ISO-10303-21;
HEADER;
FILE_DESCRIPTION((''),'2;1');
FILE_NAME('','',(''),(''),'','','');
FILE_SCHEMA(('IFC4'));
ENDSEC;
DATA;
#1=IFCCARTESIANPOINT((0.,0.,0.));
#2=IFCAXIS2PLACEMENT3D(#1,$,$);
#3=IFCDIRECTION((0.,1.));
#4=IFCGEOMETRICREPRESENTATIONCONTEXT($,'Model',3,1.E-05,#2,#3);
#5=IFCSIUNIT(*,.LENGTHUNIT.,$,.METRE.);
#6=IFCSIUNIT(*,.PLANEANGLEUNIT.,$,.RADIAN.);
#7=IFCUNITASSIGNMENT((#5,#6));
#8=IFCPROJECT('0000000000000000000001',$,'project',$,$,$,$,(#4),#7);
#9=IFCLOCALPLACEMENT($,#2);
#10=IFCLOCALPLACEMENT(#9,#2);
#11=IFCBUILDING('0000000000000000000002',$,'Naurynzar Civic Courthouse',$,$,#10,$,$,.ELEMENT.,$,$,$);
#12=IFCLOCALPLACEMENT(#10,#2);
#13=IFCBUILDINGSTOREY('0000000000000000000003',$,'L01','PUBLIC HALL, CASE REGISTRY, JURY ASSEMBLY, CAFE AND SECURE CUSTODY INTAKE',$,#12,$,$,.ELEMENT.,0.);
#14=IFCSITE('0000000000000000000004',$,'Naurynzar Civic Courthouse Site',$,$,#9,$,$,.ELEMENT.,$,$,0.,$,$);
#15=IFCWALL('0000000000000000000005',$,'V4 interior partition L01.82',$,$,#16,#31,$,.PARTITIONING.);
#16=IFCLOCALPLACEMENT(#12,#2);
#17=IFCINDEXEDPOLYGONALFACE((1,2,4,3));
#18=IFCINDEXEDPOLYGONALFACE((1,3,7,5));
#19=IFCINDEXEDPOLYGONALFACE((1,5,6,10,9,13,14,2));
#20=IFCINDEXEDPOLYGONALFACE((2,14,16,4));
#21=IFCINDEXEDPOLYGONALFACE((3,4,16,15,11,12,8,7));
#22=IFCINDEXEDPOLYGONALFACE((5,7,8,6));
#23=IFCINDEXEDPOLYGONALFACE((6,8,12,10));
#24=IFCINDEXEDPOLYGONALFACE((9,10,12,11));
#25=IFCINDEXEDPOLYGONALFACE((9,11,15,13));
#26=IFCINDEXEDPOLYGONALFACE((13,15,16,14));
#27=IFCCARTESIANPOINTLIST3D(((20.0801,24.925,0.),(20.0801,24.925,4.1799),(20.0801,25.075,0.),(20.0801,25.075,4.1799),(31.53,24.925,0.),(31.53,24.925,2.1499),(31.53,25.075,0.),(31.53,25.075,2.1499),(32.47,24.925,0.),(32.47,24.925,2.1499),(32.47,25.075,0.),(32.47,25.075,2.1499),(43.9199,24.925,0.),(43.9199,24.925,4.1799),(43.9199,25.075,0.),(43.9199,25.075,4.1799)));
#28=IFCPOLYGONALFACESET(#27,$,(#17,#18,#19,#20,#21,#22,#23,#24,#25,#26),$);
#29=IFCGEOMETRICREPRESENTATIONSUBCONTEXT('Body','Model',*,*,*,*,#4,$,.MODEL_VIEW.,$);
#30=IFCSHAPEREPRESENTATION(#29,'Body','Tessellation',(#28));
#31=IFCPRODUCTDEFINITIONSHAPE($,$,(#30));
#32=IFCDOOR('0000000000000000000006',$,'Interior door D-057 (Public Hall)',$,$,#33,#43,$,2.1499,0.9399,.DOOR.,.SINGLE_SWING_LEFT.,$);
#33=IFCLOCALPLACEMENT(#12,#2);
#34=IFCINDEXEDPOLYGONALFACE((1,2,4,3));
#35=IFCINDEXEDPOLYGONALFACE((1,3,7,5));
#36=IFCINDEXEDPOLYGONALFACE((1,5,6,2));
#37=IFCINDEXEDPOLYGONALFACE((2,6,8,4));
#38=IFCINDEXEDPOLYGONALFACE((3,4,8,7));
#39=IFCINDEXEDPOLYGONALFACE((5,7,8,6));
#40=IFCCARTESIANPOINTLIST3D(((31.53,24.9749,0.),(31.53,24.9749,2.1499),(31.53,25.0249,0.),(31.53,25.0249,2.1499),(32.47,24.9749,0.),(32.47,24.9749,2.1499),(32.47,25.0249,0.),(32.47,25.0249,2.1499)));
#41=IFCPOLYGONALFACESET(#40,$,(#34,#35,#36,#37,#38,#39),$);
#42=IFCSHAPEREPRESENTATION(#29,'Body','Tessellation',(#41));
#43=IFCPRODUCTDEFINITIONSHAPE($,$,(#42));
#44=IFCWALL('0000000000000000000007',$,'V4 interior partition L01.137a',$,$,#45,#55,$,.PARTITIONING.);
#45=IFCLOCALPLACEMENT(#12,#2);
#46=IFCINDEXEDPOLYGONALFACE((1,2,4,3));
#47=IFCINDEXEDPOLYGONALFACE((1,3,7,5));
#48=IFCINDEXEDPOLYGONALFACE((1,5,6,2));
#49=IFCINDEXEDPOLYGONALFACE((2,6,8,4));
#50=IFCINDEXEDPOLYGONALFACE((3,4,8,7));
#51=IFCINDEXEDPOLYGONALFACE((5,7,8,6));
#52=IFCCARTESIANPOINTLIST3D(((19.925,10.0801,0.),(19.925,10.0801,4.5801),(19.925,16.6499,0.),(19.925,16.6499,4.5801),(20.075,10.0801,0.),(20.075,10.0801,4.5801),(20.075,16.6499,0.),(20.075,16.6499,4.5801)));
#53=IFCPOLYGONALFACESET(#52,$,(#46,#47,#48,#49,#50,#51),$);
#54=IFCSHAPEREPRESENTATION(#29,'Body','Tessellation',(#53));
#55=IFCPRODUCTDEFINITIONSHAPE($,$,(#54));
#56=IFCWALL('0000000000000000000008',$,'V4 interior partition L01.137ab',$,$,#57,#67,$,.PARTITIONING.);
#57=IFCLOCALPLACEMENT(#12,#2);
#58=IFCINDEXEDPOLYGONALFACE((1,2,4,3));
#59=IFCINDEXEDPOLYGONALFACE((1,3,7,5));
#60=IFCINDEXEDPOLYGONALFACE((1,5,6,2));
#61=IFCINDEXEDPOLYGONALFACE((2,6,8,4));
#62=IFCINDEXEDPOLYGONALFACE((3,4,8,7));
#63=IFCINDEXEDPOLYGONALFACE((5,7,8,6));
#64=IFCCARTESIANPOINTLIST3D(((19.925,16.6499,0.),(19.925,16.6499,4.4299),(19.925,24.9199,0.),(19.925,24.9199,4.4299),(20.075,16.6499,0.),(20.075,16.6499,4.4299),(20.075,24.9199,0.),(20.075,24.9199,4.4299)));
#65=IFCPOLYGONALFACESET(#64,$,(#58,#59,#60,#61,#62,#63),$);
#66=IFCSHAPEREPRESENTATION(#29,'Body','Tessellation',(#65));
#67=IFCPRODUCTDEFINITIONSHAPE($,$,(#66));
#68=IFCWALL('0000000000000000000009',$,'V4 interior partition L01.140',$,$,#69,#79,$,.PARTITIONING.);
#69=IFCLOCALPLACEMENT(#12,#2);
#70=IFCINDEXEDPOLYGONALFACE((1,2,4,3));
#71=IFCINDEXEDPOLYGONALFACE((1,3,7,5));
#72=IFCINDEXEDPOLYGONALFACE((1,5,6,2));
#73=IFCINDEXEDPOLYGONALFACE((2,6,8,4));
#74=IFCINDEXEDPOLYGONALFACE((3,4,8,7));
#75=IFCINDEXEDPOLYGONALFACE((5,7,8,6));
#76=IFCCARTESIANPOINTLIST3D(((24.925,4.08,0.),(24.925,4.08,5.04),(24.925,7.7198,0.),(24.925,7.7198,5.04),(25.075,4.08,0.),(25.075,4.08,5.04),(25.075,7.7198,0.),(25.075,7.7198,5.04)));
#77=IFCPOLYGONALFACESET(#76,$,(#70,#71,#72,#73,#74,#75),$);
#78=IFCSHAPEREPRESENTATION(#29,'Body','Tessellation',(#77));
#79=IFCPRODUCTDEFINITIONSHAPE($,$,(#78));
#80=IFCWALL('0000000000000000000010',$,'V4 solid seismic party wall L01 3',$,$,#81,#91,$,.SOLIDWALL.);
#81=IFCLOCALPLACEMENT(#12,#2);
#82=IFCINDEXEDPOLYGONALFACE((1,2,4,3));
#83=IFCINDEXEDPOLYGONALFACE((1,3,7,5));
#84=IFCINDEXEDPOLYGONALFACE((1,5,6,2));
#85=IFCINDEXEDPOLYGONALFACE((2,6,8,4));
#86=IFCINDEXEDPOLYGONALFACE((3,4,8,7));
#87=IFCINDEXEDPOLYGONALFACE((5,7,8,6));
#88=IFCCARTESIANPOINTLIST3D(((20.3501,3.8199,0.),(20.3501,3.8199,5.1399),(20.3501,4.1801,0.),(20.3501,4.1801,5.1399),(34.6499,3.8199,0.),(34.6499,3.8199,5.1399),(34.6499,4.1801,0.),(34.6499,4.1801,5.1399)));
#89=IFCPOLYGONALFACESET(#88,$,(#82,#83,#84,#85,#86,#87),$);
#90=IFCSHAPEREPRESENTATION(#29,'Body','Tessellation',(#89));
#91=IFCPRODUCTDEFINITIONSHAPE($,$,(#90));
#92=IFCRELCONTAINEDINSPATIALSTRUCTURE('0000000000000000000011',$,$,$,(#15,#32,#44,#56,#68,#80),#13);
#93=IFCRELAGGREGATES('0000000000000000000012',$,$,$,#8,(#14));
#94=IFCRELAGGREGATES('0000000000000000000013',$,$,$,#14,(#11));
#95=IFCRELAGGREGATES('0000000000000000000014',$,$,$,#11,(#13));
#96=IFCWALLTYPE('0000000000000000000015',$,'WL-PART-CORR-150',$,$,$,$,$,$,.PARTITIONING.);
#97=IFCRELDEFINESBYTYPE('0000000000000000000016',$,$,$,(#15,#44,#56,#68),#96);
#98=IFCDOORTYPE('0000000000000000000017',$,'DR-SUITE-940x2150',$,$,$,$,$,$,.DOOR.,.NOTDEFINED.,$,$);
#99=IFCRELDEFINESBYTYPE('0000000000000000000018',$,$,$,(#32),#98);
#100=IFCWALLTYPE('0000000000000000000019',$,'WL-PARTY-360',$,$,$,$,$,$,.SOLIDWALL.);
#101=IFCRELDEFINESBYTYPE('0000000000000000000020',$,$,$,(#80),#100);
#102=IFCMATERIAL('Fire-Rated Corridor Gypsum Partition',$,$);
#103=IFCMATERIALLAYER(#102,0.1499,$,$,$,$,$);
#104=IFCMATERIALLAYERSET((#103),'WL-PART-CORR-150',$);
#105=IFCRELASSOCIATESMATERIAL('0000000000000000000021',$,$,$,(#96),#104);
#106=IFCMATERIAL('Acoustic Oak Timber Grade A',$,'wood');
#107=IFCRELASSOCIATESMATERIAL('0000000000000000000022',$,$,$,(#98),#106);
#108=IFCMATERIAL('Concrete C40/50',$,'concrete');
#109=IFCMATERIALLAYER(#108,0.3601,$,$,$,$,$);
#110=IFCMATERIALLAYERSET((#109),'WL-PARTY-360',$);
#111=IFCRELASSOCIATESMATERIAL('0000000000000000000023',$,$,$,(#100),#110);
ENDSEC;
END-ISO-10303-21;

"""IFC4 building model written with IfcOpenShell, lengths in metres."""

from ifc_helpers import new_model, si_unit, direction, frame, frame_2d, origin, place, context, subcontext, project, spatial, rectangle, extrude, material, layer, layer_set, type_object, element, fill, save


model = new_model("IFC4")

# Units and contexts
model_context = context("Model", 3, precision=1e-05, world=origin(), true_north=direction((0.0, 1.0)))
body_context = subcontext(model_context, "Body", "Model", "MODEL_VIEW")
ifc_project = project(units=[si_unit("LENGTHUNIT", "METRE"), si_unit("PLANEANGLEUNIT", "RADIAN")], contexts=[model_context])

# Site, building, storey
site_placement = place(None, origin())
site = spatial("IfcSite", under=ifc_project, at=site_placement, Name="Naurynzar Civic Courthouse Site", CompositionType="ELEMENT", RefElevation=0.0)
building_placement = place(site_placement, origin())
building = spatial("IfcBuilding", under=site, at=building_placement, Name="Naurynzar Civic Courthouse", CompositionType="ELEMENT")
storey_placement = place(building_placement, origin())
storey = spatial("IfcBuildingStorey", under=building, at=storey_placement, Name="L01", Description="PUBLIC HALL, CASE REGISTRY, JURY ASSEMBLY, CAFE AND SECURE CUSTODY INTAKE", CompositionType="ELEMENT", Elevation=0.0)

# Shared definitions
ifc_material_1 = material(Name="Fire-Rated Corridor Gypsum Partition")
ifc_layer_1 = layer(ifc_material_1, 0.1499)
ifc_layer_set_1 = layer_set([ifc_layer_1], Name="WL-PART-CORR-150")
wall_type_1 = type_object("IfcWallType", Name="WL-PART-CORR-150", PredefinedType="PARTITIONING", material=ifc_layer_set_1)

# Wall, opening, door
wall_1_placement = place(storey_placement, frame((20.0801, 25.0, 0.0), z_axis=(0.0, 0.0, 1.0), x_axis=(1.0, 0.0, 0.0)))
wall_1 = element("IfcWall", 1, at=wall_1_placement, inside=storey, type_object=wall_type_1, Name="V4 interior partition L01.82", PredefinedType="PARTITIONING", context=body_context, shape_type="SweptSolid", body=[
    extrude(rectangle(XDim=23.8398, YDim=0.1499, at=frame_2d((11.9199, 0.0))), origin(), (0.0, 0.0, 1.0), 4.1799),
])
opening_1_placement = place(wall_1_placement, frame((11.45, 0.0, 0.0)))
opening_1 = element("IfcOpeningElement", 2, at=opening_1_placement, cuts=wall_1, PredefinedType="OPENING", context=body_context, shape_type="SweptSolid", body=[
    extrude(rectangle(XDim=0.9399, YDim=2.1499, at=frame_2d((0.47, 1.075))), frame((0.0, 0.085, 0.0), z_axis=(0.0, -1.0, 0.0), x_axis=(1.0, 0.0, 0.0)), (0.0, 0.0, 1.0), 0.1699),
])
ifc_material_2 = material(Name="Acoustic Oak Timber Grade A", Category="wood")
door_type_1 = type_object("IfcDoorType", Name="DR-SUITE-940x2150", OperationType="NOTDEFINED", PredefinedType="DOOR", material=ifc_material_2)
door_1_placement = place(opening_1_placement, origin())
door_1 = element("IfcDoor", 3, at=door_1_placement, inside=storey, type_object=door_type_1, Name="Interior door D-057 (Public Hall)", OperationType="SINGLE_SWING_LEFT", OverallHeight=2.1499, OverallWidth=0.9399, PredefinedType="DOOR", context=body_context, shape_type="SweptSolid", body=[
    extrude(rectangle(XDim=0.9399, YDim=2.1499, at=frame_2d((0.47, 1.075))), frame((0.0, 0.0249, 0.0), z_axis=(0.0, -1.0, 0.0), x_axis=(1.0, 0.0, 0.0)), (0.0, 0.0, 1.0), 0.05),
])
fill(opening_1, door_1)

# Walls
wall_2_placement = place(storey_placement, frame((20.0, 10.0801, 0.0), z_axis=(0.0, 0.0, 1.0), x_axis=(0.0, 1.0, 0.0)))
element("IfcWall", 4, at=wall_2_placement, inside=storey, type_object=wall_type_1, Name="V4 interior partition L01.137a", PredefinedType="PARTITIONING", context=body_context, shape_type="SweptSolid", body=[
    extrude(rectangle(XDim=6.5698, YDim=0.1499, at=frame_2d((3.2849, 0.0))), origin(), (0.0, 0.0, 1.0), 4.5801),
])
wall_3_placement = place(storey_placement, frame((20.0, 16.6499, 0.0), z_axis=(0.0, 0.0, 1.0), x_axis=(0.0, 1.0, 0.0)))
element("IfcWall", 5, at=wall_3_placement, inside=storey, type_object=wall_type_1, Name="V4 interior partition L01.137ab", PredefinedType="PARTITIONING", context=body_context, shape_type="SweptSolid", body=[
    extrude(rectangle(XDim=8.27, YDim=0.1499, at=frame_2d((4.135, 0.0))), origin(), (0.0, 0.0, 1.0), 4.4299),
])
wall_4_placement = place(storey_placement, frame((25.0, 4.0801, 0.0), z_axis=(0.0, 0.0, 1.0), x_axis=(0.0, 1.0, 0.0)))
element("IfcWall", 6, at=wall_4_placement, inside=storey, type_object=wall_type_1, Name="V4 interior partition L01.140", PredefinedType="PARTITIONING", context=body_context, shape_type="SweptSolid", body=[
    extrude(rectangle(XDim=3.6399, YDim=0.1499, at=frame_2d((1.8198, 0.0))), origin(), (0.0, 0.0, 1.0), 5.04),
])
ifc_material_3 = material(Name="Concrete C40/50", Category="concrete")
ifc_layer_2 = layer(ifc_material_3, 0.3601)
ifc_layer_set_2 = layer_set([ifc_layer_2], Name="WL-PARTY-360")
wall_type_2 = type_object("IfcWallType", Name="WL-PARTY-360", PredefinedType="SOLIDWALL", material=ifc_layer_set_2)
wall_5_placement = place(storey_placement, frame((34.6499, 4.0, 0.0), z_axis=(0.0, 0.0, 1.0), x_axis=(-1.0, 0.0, 0.0)))
element("IfcWall", 7, at=wall_5_placement, inside=storey, type_object=wall_type_2, Name="V4 solid seismic party wall L01 3", PredefinedType="SOLIDWALL", context=body_context, shape_type="SweptSolid", body=[
    extrude(rectangle(XDim=14.2998, YDim=0.3601, at=frame_2d((7.1499, 0.0))), origin(), (0.0, 0.0, 1.0), 5.1399),
])

save(model, "model.ifc")
